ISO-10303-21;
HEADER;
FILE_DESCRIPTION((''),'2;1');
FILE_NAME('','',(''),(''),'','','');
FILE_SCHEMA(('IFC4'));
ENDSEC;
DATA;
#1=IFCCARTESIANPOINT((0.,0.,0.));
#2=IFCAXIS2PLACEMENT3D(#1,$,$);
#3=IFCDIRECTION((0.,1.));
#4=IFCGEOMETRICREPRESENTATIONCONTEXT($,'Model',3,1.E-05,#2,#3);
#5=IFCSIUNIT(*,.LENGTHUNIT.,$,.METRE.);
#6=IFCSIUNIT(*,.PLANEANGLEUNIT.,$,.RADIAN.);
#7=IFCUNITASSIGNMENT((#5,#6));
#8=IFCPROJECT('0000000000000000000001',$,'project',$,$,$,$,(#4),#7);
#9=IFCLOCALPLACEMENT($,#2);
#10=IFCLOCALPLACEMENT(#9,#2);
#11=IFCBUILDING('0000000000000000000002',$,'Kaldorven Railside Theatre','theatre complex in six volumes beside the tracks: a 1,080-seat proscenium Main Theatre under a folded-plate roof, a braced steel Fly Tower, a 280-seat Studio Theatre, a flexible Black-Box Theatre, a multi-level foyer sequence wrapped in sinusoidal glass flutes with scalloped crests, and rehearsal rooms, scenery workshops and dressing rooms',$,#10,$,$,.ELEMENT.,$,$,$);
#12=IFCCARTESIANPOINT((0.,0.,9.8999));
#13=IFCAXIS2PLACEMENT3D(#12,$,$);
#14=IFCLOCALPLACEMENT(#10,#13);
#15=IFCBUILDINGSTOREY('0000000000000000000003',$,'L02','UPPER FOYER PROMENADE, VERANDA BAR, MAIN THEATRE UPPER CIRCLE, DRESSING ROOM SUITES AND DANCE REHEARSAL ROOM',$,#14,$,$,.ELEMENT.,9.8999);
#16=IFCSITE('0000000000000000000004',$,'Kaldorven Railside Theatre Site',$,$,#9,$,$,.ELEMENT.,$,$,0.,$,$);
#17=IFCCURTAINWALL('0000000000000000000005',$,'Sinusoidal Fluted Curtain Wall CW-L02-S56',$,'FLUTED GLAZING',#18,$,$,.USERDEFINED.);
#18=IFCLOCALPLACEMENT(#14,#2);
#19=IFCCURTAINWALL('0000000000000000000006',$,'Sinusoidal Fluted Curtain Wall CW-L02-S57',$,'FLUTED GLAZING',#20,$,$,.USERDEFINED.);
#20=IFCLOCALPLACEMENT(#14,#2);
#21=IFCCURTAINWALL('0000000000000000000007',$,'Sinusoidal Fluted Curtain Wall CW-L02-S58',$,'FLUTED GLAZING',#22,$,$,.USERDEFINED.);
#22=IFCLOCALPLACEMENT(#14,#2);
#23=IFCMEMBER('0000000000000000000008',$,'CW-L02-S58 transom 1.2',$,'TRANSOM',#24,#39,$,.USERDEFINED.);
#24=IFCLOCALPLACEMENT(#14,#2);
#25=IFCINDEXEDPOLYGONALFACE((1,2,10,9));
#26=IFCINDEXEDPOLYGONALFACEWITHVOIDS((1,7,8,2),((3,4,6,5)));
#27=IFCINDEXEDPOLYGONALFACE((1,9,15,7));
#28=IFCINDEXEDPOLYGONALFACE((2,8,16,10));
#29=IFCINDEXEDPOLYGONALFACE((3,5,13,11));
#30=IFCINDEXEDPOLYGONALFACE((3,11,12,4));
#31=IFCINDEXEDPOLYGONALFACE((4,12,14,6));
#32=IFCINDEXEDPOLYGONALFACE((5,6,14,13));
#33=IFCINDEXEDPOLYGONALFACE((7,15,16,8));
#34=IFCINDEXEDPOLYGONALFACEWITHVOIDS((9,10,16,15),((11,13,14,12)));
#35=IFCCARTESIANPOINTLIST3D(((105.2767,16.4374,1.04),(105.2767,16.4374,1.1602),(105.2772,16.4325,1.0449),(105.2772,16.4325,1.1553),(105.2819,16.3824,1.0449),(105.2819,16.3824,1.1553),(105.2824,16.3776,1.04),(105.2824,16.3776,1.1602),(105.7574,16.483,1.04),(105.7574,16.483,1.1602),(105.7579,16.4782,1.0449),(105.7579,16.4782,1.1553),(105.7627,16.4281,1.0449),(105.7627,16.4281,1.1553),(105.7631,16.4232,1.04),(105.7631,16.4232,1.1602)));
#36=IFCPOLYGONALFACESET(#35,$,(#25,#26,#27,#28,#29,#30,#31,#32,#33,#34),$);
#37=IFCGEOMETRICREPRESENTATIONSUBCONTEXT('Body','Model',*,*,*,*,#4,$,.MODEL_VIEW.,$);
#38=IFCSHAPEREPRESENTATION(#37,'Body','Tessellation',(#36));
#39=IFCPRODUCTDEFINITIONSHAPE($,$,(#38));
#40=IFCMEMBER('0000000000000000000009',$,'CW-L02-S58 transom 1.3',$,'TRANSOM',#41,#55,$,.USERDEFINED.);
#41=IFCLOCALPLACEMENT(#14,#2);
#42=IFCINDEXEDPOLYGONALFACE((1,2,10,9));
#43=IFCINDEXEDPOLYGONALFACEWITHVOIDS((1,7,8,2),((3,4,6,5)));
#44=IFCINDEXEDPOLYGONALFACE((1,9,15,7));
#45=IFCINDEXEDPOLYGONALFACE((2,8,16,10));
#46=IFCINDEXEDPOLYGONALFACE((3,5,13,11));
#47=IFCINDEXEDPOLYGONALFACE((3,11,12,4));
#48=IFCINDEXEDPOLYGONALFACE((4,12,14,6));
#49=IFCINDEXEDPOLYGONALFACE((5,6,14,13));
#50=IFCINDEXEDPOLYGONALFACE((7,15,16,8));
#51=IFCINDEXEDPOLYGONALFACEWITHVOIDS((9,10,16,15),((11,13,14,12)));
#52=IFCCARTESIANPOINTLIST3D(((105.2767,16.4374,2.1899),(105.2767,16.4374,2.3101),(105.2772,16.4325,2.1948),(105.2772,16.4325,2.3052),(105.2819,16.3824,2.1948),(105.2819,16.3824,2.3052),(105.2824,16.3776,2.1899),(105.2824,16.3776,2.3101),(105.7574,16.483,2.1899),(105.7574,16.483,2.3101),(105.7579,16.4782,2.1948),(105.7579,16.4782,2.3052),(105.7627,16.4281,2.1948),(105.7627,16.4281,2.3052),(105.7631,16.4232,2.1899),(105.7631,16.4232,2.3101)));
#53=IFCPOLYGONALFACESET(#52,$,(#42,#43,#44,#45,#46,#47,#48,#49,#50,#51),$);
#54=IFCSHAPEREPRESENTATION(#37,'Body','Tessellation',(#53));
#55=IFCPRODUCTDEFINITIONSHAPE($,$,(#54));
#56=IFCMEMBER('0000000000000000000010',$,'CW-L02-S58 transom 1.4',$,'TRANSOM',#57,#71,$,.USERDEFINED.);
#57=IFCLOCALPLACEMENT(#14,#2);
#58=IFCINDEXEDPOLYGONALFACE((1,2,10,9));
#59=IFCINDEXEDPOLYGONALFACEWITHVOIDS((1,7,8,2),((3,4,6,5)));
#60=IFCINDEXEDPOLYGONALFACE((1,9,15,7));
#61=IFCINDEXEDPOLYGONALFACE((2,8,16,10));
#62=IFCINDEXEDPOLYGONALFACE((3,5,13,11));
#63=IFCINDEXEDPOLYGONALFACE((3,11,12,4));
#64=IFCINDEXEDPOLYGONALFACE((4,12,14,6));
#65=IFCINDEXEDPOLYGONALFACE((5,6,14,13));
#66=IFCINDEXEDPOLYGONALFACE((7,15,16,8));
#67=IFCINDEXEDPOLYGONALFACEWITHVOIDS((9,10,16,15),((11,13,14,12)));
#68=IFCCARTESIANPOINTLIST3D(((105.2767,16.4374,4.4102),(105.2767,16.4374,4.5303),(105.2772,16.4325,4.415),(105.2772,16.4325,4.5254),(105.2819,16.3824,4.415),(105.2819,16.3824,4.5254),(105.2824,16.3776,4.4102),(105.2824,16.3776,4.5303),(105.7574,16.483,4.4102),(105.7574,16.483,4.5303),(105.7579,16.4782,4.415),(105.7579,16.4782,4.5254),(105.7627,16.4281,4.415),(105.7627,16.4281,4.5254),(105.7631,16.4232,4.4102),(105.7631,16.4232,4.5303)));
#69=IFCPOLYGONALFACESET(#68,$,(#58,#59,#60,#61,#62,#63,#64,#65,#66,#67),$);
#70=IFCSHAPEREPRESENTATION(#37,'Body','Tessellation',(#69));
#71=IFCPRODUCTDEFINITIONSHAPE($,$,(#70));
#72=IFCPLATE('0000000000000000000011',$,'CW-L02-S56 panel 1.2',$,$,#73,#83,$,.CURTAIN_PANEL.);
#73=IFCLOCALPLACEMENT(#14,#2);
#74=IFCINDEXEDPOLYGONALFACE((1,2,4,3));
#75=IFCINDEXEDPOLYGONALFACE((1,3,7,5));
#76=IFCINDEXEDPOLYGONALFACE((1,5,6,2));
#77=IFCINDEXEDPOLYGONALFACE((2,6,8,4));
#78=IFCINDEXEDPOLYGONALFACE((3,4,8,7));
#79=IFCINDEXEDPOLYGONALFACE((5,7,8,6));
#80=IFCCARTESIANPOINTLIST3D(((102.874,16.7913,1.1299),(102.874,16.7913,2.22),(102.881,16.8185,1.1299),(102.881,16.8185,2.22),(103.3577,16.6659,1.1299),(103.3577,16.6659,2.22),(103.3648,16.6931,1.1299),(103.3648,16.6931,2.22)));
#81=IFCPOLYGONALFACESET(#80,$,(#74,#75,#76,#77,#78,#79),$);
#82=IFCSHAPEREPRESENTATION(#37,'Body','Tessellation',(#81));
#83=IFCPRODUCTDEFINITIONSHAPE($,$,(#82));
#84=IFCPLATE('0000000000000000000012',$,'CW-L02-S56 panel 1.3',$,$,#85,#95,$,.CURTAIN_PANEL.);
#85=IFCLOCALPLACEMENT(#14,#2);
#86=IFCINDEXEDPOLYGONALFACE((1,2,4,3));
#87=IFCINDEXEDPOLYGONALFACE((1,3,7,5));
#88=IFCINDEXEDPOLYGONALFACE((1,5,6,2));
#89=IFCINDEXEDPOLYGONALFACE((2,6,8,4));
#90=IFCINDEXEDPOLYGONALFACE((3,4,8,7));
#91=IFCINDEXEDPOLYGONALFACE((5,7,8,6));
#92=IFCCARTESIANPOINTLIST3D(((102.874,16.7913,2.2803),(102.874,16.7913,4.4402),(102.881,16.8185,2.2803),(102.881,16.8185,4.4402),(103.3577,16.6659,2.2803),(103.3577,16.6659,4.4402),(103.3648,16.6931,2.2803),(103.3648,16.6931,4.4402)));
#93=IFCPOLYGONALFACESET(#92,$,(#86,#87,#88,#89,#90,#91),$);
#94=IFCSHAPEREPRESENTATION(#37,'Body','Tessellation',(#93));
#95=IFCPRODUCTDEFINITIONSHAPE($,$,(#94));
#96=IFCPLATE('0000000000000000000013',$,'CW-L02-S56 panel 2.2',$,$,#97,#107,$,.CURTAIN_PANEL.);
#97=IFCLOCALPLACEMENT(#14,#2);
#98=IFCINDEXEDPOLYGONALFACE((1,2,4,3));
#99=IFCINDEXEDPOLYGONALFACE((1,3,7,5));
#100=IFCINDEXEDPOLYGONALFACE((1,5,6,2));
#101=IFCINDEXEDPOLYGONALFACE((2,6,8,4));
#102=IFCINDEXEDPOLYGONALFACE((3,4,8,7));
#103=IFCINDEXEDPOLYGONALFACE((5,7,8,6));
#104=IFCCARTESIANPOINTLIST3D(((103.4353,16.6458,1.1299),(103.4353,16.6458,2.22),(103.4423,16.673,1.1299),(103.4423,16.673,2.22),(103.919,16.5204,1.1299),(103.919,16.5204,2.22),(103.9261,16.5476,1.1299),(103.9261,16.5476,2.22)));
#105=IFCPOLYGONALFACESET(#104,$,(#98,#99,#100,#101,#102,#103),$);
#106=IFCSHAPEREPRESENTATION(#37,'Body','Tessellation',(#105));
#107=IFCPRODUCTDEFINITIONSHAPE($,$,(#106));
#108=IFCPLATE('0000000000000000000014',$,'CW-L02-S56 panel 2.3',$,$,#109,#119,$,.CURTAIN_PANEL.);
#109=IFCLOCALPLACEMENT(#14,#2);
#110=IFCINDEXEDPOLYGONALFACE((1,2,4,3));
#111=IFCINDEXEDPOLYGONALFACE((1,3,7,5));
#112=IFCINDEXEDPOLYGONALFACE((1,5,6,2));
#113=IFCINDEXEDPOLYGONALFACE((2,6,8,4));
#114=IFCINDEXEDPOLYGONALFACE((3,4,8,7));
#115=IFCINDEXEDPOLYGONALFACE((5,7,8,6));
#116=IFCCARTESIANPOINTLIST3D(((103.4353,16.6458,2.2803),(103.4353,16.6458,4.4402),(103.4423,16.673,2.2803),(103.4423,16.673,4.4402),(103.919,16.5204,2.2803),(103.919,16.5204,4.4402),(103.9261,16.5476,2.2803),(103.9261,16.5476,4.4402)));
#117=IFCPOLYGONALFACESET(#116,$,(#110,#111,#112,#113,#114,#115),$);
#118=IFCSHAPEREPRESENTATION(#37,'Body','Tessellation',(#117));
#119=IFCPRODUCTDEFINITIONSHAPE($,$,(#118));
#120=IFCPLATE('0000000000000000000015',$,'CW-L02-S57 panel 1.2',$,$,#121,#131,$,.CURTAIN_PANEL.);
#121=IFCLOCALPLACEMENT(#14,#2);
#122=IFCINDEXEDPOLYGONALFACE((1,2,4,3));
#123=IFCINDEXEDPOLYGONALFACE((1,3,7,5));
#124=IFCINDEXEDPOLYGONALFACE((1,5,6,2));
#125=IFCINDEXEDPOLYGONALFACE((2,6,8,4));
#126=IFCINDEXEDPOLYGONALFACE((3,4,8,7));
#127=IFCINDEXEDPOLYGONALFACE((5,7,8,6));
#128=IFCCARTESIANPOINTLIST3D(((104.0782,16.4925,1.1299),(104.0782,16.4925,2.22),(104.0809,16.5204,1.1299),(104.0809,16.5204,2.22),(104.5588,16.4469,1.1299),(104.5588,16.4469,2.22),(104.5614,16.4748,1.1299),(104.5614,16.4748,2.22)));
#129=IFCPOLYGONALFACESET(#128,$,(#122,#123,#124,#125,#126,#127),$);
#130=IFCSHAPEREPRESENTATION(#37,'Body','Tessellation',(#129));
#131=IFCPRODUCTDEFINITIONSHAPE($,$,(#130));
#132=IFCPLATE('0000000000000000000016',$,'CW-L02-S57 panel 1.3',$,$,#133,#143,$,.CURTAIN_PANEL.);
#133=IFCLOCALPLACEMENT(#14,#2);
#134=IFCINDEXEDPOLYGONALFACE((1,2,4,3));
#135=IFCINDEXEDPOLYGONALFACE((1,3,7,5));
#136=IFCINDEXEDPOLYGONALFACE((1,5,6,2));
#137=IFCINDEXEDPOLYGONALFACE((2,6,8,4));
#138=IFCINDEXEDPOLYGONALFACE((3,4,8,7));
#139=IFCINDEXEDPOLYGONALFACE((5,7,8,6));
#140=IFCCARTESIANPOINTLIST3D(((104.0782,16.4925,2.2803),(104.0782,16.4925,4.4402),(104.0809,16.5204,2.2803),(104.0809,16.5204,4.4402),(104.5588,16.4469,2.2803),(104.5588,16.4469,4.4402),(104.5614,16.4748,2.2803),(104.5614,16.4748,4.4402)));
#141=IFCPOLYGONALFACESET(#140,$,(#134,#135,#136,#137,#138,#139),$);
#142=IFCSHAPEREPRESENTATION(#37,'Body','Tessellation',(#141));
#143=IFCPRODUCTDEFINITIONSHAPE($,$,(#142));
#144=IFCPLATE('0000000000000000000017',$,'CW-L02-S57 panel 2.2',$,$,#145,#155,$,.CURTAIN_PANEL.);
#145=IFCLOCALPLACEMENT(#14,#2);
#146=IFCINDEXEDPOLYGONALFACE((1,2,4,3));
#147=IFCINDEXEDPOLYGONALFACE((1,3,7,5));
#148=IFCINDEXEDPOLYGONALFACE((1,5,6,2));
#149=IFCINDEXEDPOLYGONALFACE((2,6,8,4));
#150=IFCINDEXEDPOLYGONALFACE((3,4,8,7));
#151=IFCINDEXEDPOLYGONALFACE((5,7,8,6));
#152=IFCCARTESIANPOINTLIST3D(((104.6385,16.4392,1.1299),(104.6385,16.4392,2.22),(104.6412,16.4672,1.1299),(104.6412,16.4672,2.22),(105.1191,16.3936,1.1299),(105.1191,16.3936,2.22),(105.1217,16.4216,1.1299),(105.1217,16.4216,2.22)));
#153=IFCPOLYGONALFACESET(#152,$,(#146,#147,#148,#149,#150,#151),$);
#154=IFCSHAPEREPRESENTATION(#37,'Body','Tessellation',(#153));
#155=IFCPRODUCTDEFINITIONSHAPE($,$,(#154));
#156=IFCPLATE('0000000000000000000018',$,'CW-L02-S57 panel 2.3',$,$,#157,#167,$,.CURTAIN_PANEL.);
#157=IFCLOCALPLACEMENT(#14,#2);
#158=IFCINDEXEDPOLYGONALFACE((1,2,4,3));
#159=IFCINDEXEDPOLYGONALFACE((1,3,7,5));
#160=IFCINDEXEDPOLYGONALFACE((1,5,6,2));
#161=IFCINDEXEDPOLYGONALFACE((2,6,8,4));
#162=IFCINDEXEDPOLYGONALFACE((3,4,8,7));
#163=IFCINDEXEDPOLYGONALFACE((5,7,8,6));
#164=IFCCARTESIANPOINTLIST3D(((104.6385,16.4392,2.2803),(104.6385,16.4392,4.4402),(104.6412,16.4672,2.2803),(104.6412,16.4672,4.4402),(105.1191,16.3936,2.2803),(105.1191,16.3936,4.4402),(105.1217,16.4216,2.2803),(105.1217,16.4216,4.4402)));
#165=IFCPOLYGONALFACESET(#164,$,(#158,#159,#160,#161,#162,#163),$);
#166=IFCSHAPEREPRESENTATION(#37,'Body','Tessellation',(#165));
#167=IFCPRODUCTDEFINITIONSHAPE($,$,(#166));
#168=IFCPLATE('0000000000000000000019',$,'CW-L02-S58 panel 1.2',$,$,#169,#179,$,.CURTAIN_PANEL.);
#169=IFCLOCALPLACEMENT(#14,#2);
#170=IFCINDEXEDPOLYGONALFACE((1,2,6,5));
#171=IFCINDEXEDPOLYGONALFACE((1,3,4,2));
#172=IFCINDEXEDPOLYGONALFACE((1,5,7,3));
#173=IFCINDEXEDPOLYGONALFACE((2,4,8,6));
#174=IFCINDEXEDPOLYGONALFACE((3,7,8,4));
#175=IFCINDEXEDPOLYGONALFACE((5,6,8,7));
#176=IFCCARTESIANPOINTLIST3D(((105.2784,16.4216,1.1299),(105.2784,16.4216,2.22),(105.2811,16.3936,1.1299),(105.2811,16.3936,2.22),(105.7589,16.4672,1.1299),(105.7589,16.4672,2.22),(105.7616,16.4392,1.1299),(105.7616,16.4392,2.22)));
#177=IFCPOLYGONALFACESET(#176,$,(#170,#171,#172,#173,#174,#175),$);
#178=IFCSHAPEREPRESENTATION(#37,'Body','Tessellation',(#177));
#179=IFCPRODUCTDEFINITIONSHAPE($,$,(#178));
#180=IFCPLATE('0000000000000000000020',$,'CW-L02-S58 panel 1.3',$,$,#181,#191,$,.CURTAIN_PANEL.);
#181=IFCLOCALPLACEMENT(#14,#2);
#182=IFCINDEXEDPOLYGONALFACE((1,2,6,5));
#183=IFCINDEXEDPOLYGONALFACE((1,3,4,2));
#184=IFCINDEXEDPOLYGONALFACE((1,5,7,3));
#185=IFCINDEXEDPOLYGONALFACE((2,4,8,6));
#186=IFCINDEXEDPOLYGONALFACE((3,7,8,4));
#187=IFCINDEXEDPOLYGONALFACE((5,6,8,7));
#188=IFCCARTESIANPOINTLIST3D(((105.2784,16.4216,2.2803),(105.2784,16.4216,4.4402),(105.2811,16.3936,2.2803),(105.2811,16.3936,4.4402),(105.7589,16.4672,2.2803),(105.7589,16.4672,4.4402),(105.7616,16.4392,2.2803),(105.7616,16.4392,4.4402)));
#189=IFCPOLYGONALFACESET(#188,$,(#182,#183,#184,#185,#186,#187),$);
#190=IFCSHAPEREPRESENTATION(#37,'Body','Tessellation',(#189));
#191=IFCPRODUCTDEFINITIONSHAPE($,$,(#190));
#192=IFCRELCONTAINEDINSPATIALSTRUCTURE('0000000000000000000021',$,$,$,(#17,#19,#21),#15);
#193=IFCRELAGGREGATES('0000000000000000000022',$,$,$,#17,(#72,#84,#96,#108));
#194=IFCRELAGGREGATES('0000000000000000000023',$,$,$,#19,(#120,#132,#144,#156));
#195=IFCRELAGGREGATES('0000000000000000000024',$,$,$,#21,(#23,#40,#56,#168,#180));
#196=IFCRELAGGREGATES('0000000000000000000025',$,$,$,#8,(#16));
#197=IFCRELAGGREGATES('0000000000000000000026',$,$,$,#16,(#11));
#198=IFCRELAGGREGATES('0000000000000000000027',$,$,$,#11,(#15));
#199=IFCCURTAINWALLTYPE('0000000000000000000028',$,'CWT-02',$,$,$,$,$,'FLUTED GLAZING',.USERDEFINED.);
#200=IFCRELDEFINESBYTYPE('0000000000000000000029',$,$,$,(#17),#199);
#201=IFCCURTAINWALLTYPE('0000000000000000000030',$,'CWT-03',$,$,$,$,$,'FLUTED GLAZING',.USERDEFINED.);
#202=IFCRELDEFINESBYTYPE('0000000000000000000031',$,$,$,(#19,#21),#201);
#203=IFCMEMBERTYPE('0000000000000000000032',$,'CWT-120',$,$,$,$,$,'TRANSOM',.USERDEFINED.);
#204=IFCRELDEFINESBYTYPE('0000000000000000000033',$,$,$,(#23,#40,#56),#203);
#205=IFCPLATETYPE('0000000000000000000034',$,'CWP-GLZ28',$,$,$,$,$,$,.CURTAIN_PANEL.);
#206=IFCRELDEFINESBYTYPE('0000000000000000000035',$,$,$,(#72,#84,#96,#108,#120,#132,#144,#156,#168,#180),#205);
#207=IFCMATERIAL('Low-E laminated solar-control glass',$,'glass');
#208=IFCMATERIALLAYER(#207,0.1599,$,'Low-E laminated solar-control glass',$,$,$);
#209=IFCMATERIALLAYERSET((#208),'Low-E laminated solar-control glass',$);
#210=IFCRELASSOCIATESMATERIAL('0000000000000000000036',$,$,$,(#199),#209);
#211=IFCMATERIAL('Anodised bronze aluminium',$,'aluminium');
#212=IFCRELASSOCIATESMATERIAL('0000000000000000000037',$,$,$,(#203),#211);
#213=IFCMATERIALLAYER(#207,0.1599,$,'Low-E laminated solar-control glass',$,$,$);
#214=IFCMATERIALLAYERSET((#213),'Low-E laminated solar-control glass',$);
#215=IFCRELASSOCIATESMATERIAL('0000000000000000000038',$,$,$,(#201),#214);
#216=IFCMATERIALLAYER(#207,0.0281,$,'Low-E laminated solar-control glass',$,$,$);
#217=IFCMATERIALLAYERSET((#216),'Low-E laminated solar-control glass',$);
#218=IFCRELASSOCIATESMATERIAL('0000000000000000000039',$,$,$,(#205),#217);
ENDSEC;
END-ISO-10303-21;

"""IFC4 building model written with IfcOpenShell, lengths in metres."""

from ifc_helpers import new_model, si_unit, direction, frame, origin, origin_2d, place, context, subcontext, project, spatial, rectangle, hollow_rectangle, extrude, material, layer, layer_set, material_profile, profile_set, type_object, element, aggregate, save


model = new_model("IFC4")

# Units and contexts
model_context = context("Model", 3, precision=1e-05, world=origin(), true_north=direction((0.0, 1.0)))
body_context = subcontext(model_context, "Body", "Model", "MODEL_VIEW")
ifc_project = project(units=[si_unit("LENGTHUNIT", "METRE"), si_unit("PLANEANGLEUNIT", "RADIAN")], contexts=[model_context])

# Site, building, storey
site_placement = place(None, origin())
site = spatial("IfcSite", under=ifc_project, at=site_placement, Name="Kaldorven Railside Theatre Site", CompositionType="ELEMENT", RefElevation=0.0)
building_placement = place(site_placement, origin())
building = spatial("IfcBuilding", under=site, at=building_placement, Name="Kaldorven Railside Theatre", Description="theatre complex in six volumes beside the tracks: a 1,080-seat proscenium Main Theatre under a folded-plate roof, a braced steel Fly Tower, a 280-seat Studio Theatre, a flexible Black-Box Theatre, a multi-level foyer sequence wrapped in sinusoidal glass flutes with scalloped crests, and rehearsal rooms, scenery workshops and dressing rooms", CompositionType="ELEMENT")
storey_placement = place(building_placement, frame((0.0, 0.0, 9.8999)))
storey = spatial("IfcBuildingStorey", under=building, at=storey_placement, Name="L02", Description="UPPER FOYER PROMENADE, VERANDA BAR, MAIN THEATRE UPPER CIRCLE, DRESSING ROOM SUITES AND DANCE REHEARSAL ROOM", CompositionType="ELEMENT", Elevation=9.8999)

# Curtain walls, members
ifc_material_1 = material(Name="Low-E laminated solar-control glass", Category="glass")
ifc_layer_1 = layer(ifc_material_1, 0.1599, Name="Low-E laminated solar-control glass")
ifc_layer_set_1 = layer_set([ifc_layer_1], Name="Low-E laminated solar-control glass")
curtain_wall_type_1 = type_object("IfcCurtainWallType", Name="CWT-02", ElementType="FLUTED GLAZING", PredefinedType="USERDEFINED", material=ifc_layer_set_1)
curtain_wall_1_placement = place(storey_placement, origin())
curtain_wall_1 = element("IfcCurtainWall", 1, at=curtain_wall_1_placement, inside=storey, type_object=curtain_wall_type_1, Name="Sinusoidal Fluted Curtain Wall CW-L02-S56", ObjectType="FLUTED GLAZING", PredefinedType="USERDEFINED")
ifc_material_2 = material(Name="Anodised bronze aluminium", Category="aluminium")
ifc_material_profile = material_profile(ifc_material_2, hollow_rectangle(XDim=0.0601, YDim=0.1201, WallThickness=0.0049, at=origin_2d()), Name="RHS 120x60x5")
ifc_profile_set = profile_set([ifc_material_profile], Name="Anodised bronze aluminium")
member_type = type_object("IfcMemberType", Name="CWT-120", ElementType="TRANSOM", PredefinedType="USERDEFINED", material=ifc_profile_set)
ifc_layer_2 = layer(ifc_material_1, 0.1599, Name="Low-E laminated solar-control glass")
ifc_layer_set_2 = layer_set([ifc_layer_2], Name="Low-E laminated solar-control glass")
curtain_wall_type_2 = type_object("IfcCurtainWallType", Name="CWT-03", ElementType="FLUTED GLAZING", PredefinedType="USERDEFINED", material=ifc_layer_set_2)
curtain_wall_2_placement = place(storey_placement, origin())
curtain_wall_2 = element("IfcCurtainWall", 2, at=curtain_wall_2_placement, inside=storey, type_object=curtain_wall_type_2, Name="Sinusoidal Fluted Curtain Wall CW-L02-S57", ObjectType="FLUTED GLAZING", PredefinedType="USERDEFINED")
curtain_wall_3_placement = place(storey_placement, origin())
curtain_wall_3 = element("IfcCurtainWall", 3, at=curtain_wall_3_placement, inside=storey, type_object=curtain_wall_type_2, Name="Sinusoidal Fluted Curtain Wall CW-L02-S58", ObjectType="FLUTED GLAZING", PredefinedType="USERDEFINED")
member_1_placement = place(storey_placement, frame((105.2795, 16.4075, 1.1001), z_axis=(0.99552, 0.094547, 0.0), x_axis=(-0.094547, 0.99552, 0.0)))
member_1 = element("IfcMember", 4, at=member_1_placement, type_object=member_type, Name="CW-L02-S58 transom 1.2", ObjectType="TRANSOM", PredefinedType="USERDEFINED", context=body_context, shape_type="SweptSolid", body=[
    extrude(hollow_rectangle(XDim=0.0601, YDim=0.1201, WallThickness=0.0049, at=origin_2d()), origin(), (0.0, 0.0, 1.0), 0.4829),
])
member_2_placement = place(storey_placement, frame((105.2795, 16.4075, 2.25), z_axis=(0.99552, 0.094547, 0.0), x_axis=(-0.094547, 0.99552, 0.0)))
member_2 = element("IfcMember", 5, at=member_2_placement, type_object=member_type, Name="CW-L02-S58 transom 1.3", ObjectType="TRANSOM", PredefinedType="USERDEFINED", context=body_context, shape_type="SweptSolid", body=[
    extrude(hollow_rectangle(XDim=0.0601, YDim=0.1201, WallThickness=0.0049, at=origin_2d()), origin(), (0.0, 0.0, 1.0), 0.4829),
])
member_3_placement = place(storey_placement, frame((105.2795, 16.4075, 4.4702), z_axis=(0.99552, 0.094547, 0.0), x_axis=(-0.094547, 0.99552, 0.0)))
member_3 = element("IfcMember", 6, at=member_3_placement, type_object=member_type, Name="CW-L02-S58 transom 1.4", ObjectType="TRANSOM", PredefinedType="USERDEFINED", context=body_context, shape_type="SweptSolid", body=[
    extrude(hollow_rectangle(XDim=0.0601, YDim=0.1201, WallThickness=0.0049, at=origin_2d()), origin(), (0.0, 0.0, 1.0), 0.4829),
])

# Plates
ifc_layer_3 = layer(ifc_material_1, 0.0281, Name="Low-E laminated solar-control glass")
ifc_layer_set_3 = layer_set([ifc_layer_3], Name="Low-E laminated solar-control glass")
plate_type = type_object("IfcPlateType", Name="CWP-GLZ28", PredefinedType="CURTAIN_PANEL", material=ifc_layer_set_3)
plate_1_placement = place(storey_placement, frame((103.1194, 16.7422, 1.1299), z_axis=(0.0, 0.0, 1.0), x_axis=(0.967999, -0.250954, 0.0)))
plate_1 = element("IfcPlate", 7, at=plate_1_placement, type_object=plate_type, Name="CW-L02-S56 panel 1.2", PredefinedType="CURTAIN_PANEL", context=body_context, shape_type="SweptSolid", body=[
    extrude(rectangle(XDim=0.4998, YDim=0.0281, at=origin_2d()), origin(), (0.0, 0.0, 1.0), 1.0901),
])
plate_2_placement = place(storey_placement, frame((103.1194, 16.7422, 2.2803), z_axis=(0.0, 0.0, 1.0), x_axis=(0.967999, -0.250954, 0.0)))
plate_2 = element("IfcPlate", 8, at=plate_2_placement, type_object=plate_type, Name="CW-L02-S56 panel 1.3", PredefinedType="CURTAIN_PANEL", context=body_context, shape_type="SweptSolid", body=[
    extrude(rectangle(XDim=0.4998, YDim=0.0281, at=origin_2d()), origin(), (0.0, 0.0, 1.0), 2.1599),
])
plate_3_placement = place(storey_placement, frame((103.6807, 16.5967, 1.1299), z_axis=(0.0, 0.0, 1.0), x_axis=(0.967999, -0.250954, 0.0)))
plate_3 = element("IfcPlate", 9, at=plate_3_placement, type_object=plate_type, Name="CW-L02-S56 panel 2.2", PredefinedType="CURTAIN_PANEL", context=body_context, shape_type="SweptSolid", body=[
    extrude(rectangle(XDim=0.4998, YDim=0.0281, at=origin_2d()), origin(), (0.0, 0.0, 1.0), 1.0901),
])
plate_4_placement = place(storey_placement, frame((103.6807, 16.5967, 2.2803), z_axis=(0.0, 0.0, 1.0), x_axis=(0.967999, -0.250954, 0.0)))
plate_4 = element("IfcPlate", 10, at=plate_4_placement, type_object=plate_type, Name="CW-L02-S56 panel 2.3", PredefinedType="CURTAIN_PANEL", context=body_context, shape_type="SweptSolid", body=[
    extrude(rectangle(XDim=0.4998, YDim=0.0281, at=origin_2d()), origin(), (0.0, 0.0, 1.0), 2.1599),
])
aggregate(curtain_wall_1, [plate_1, plate_2, plate_3, plate_4])
plate_5_placement = place(storey_placement, frame((104.3198, 16.4836, 1.1299), z_axis=(0.0, 0.0, 1.0), x_axis=(0.995526, -0.094492, 0.0)))
plate_5 = element("IfcPlate", 11, at=plate_5_placement, type_object=plate_type, Name="CW-L02-S57 panel 1.2", PredefinedType="CURTAIN_PANEL", context=body_context, shape_type="SweptSolid", body=[
    extrude(rectangle(XDim=0.4827, YDim=0.0281, at=origin_2d()), origin(), (0.0, 0.0, 1.0), 1.0901),
])
plate_6_placement = place(storey_placement, frame((104.3198, 16.4836, 2.2803), z_axis=(0.0, 0.0, 1.0), x_axis=(0.995526, -0.094492, 0.0)))
plate_6 = element("IfcPlate", 12, at=plate_6_placement, type_object=plate_type, Name="CW-L02-S57 panel 1.3", PredefinedType="CURTAIN_PANEL", context=body_context, shape_type="SweptSolid", body=[
    extrude(rectangle(XDim=0.4827, YDim=0.0281, at=origin_2d()), origin(), (0.0, 0.0, 1.0), 2.1599),
])
plate_7_placement = place(storey_placement, frame((104.8801, 16.4304, 1.1299), z_axis=(0.0, 0.0, 1.0), x_axis=(0.995526, -0.094492, 0.0)))
plate_7 = element("IfcPlate", 13, at=plate_7_placement, type_object=plate_type, Name="CW-L02-S57 panel 2.2", PredefinedType="CURTAIN_PANEL", context=body_context, shape_type="SweptSolid", body=[
    extrude(rectangle(XDim=0.4827, YDim=0.0281, at=origin_2d()), origin(), (0.0, 0.0, 1.0), 1.0901),
])
plate_8_placement = place(storey_placement, frame((104.8801, 16.4304, 2.2803), z_axis=(0.0, 0.0, 1.0), x_axis=(0.995526, -0.094492, 0.0)))
plate_8 = element("IfcPlate", 14, at=plate_8_placement, type_object=plate_type, Name="CW-L02-S57 panel 2.3", PredefinedType="CURTAIN_PANEL", context=body_context, shape_type="SweptSolid", body=[
    extrude(rectangle(XDim=0.4827, YDim=0.0281, at=origin_2d()), origin(), (0.0, 0.0, 1.0), 2.1599),
])
aggregate(curtain_wall_2, [plate_5, plate_6, plate_7, plate_8])
plate_9_placement = place(storey_placement, frame((105.52, 16.4304, 1.1299), z_axis=(0.0, 0.0, 1.0), x_axis=(0.995526, 0.094492, 0.0)))
plate_9 = element("IfcPlate", 15, at=plate_9_placement, type_object=plate_type, Name="CW-L02-S58 panel 1.2", PredefinedType="CURTAIN_PANEL", context=body_context, shape_type="SweptSolid", body=[
    extrude(rectangle(XDim=0.4827, YDim=0.0281, at=origin_2d()), origin(), (0.0, 0.0, 1.0), 1.0901),
])
plate_10_placement = place(storey_placement, frame((105.52, 16.4304, 2.2803), z_axis=(0.0, 0.0, 1.0), x_axis=(0.995526, 0.094492, 0.0)))
plate_10 = element("IfcPlate", 16, at=plate_10_placement, type_object=plate_type, Name="CW-L02-S58 panel 1.3", PredefinedType="CURTAIN_PANEL", context=body_context, shape_type="SweptSolid", body=[
    extrude(rectangle(XDim=0.4827, YDim=0.0281, at=origin_2d()), origin(), (0.0, 0.0, 1.0), 2.1599),
])
aggregate(curtain_wall_3, [member_1, member_2, member_3, plate_9, plate_10])

save(model, "model.ifc")
